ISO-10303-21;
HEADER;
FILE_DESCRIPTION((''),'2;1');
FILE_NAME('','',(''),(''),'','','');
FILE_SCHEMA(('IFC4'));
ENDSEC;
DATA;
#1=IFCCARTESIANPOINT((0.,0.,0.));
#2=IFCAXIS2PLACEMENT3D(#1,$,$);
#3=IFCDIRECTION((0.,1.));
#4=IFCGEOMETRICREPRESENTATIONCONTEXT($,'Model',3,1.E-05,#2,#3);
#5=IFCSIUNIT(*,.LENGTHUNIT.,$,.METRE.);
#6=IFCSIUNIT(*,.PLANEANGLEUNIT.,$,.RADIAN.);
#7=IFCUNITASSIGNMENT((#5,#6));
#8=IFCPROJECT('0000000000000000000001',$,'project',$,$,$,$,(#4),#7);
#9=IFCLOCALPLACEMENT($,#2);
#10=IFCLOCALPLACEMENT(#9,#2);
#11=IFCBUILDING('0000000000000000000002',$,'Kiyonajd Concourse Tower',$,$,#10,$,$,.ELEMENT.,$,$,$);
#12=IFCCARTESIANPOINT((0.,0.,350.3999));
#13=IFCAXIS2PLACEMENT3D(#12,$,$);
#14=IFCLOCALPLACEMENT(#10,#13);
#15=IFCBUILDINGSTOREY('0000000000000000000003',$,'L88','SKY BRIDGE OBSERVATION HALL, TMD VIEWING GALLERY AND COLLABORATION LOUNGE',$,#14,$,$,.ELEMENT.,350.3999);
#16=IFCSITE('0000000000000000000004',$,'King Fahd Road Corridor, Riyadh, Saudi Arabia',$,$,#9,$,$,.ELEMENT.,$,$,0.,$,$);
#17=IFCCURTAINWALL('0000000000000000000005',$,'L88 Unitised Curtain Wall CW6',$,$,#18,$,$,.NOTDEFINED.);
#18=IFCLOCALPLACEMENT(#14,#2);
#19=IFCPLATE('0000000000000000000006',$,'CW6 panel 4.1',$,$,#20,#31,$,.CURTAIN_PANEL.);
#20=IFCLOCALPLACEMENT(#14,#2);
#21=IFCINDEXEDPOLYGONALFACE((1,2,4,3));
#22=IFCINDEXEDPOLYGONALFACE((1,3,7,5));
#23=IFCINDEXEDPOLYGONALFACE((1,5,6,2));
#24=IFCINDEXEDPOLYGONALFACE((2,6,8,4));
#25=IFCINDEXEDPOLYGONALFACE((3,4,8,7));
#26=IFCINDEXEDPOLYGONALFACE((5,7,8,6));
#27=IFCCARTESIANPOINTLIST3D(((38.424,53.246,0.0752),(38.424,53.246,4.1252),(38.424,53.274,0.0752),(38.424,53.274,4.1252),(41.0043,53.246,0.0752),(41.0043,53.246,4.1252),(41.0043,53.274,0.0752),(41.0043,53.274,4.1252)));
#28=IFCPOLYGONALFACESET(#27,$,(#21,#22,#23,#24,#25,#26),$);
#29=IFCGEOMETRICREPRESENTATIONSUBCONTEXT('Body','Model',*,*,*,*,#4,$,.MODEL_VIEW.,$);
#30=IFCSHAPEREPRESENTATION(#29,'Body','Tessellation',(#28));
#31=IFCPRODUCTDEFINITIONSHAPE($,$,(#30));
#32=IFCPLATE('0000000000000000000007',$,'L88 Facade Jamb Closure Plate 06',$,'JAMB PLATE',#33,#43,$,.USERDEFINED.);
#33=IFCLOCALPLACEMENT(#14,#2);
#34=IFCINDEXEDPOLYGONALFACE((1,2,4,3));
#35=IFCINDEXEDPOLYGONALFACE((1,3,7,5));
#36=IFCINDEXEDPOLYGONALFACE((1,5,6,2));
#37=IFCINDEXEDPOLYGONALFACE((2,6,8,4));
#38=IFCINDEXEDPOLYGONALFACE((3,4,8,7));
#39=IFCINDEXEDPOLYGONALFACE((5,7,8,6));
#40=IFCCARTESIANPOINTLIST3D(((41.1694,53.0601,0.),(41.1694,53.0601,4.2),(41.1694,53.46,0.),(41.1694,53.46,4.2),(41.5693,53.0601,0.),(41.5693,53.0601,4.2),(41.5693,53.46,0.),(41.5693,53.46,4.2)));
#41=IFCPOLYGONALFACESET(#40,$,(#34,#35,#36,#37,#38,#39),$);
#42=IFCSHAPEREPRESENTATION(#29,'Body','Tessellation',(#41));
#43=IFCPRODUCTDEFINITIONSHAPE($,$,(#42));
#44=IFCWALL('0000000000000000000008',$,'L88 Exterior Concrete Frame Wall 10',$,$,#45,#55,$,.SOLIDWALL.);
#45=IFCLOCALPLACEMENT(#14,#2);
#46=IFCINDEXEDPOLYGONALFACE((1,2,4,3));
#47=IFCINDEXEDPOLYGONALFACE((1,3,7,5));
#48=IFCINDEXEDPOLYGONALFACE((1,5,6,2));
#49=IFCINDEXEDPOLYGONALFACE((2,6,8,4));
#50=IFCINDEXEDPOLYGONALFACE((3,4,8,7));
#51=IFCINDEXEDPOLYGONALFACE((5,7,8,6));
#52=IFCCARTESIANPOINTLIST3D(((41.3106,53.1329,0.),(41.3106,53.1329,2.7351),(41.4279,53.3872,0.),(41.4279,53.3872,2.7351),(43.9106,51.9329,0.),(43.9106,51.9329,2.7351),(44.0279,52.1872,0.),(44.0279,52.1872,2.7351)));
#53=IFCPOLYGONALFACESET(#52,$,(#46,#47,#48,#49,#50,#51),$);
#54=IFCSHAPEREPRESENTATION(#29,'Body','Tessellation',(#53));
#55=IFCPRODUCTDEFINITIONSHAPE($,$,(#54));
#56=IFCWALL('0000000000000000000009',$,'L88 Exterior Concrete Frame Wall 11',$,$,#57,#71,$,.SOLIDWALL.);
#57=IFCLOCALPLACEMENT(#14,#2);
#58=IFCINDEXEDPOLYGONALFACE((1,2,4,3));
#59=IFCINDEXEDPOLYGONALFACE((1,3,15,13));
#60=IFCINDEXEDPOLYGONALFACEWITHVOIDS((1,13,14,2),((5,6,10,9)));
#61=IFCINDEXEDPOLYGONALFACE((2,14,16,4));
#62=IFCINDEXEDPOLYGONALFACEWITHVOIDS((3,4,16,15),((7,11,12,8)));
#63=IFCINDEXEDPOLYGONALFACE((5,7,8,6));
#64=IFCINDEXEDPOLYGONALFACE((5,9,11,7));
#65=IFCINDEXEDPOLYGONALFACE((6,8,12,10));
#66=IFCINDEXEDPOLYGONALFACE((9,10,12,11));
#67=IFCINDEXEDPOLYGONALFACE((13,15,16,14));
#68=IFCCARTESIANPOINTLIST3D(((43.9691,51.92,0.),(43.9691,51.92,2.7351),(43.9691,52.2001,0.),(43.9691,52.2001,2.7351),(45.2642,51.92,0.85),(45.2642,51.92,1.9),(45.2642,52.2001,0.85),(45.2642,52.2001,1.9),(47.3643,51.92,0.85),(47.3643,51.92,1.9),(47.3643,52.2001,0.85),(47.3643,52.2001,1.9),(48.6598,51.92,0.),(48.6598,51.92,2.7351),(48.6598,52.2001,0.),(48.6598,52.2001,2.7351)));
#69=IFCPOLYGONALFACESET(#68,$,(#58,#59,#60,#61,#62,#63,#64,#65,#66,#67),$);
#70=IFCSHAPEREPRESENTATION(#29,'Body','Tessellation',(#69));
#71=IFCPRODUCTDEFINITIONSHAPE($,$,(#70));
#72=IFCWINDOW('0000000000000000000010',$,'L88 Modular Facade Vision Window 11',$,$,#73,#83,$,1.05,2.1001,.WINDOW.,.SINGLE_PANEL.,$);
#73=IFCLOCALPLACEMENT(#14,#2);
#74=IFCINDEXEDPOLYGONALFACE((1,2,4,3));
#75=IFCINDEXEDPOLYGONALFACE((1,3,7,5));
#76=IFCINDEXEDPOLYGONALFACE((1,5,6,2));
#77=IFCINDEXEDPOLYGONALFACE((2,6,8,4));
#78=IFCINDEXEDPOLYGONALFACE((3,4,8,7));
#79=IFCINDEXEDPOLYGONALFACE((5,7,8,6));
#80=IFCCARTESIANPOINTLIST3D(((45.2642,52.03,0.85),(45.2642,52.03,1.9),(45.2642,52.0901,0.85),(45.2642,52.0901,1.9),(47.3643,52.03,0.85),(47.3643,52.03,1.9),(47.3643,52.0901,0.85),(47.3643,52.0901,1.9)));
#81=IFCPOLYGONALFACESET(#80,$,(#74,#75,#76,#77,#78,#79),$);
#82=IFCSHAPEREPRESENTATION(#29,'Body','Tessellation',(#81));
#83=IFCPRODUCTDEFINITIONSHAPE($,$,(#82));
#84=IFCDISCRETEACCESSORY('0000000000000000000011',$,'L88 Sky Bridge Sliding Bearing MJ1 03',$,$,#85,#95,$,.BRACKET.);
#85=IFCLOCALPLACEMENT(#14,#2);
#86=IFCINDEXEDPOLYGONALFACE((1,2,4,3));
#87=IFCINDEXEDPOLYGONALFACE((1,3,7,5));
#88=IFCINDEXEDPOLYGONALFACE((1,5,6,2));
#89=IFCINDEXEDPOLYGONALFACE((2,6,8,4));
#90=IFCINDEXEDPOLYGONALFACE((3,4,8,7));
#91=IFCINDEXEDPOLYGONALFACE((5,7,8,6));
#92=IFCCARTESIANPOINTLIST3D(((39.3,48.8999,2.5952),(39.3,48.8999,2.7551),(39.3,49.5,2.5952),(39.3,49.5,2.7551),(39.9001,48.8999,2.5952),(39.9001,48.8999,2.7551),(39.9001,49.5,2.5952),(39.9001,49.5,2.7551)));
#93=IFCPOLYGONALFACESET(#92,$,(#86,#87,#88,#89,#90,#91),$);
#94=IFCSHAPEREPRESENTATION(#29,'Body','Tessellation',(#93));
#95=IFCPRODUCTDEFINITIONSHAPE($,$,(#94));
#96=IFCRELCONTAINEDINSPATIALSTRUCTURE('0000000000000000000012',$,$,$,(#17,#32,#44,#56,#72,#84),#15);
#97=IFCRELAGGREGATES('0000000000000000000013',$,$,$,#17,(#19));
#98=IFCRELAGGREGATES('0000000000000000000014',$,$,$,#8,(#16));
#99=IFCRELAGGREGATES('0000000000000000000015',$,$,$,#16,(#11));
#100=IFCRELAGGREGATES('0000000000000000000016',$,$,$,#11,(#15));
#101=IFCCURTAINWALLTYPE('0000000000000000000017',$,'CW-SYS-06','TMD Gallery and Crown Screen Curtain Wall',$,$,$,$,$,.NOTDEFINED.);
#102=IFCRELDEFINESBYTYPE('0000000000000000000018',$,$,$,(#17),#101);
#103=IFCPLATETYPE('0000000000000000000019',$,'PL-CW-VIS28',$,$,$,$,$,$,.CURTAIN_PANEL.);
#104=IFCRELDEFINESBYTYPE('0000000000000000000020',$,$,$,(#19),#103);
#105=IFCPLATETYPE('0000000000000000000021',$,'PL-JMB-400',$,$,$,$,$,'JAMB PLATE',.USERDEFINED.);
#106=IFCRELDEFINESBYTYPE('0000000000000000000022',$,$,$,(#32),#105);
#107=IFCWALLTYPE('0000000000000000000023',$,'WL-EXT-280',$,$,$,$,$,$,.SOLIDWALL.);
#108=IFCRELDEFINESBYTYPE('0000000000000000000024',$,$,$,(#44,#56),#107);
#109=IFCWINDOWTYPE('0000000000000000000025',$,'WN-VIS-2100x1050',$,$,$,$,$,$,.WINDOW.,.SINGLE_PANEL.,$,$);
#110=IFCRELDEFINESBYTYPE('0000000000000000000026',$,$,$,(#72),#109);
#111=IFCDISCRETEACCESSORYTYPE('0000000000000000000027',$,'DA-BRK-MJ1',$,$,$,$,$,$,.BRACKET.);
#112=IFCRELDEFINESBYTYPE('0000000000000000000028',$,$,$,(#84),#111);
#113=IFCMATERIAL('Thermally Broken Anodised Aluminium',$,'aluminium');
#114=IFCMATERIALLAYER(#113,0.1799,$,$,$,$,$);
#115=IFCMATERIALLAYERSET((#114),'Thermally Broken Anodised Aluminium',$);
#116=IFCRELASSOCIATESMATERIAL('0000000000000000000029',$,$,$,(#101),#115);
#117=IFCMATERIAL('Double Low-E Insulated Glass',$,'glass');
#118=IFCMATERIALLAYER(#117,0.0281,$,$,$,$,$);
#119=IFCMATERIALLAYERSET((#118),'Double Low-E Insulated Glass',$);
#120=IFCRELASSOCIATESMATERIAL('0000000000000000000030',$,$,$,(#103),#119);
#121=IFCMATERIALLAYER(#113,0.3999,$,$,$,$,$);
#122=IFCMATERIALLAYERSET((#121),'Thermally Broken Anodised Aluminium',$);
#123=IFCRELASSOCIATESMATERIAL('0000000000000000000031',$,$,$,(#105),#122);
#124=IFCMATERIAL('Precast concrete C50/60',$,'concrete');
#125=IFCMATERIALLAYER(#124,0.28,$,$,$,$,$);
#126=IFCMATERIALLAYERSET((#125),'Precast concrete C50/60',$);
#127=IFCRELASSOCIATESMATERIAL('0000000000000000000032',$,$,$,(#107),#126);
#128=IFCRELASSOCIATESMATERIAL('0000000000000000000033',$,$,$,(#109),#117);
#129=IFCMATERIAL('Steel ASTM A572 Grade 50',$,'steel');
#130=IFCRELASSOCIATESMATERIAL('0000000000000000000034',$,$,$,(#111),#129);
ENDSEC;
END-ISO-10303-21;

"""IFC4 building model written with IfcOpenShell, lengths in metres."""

from ifc_helpers import new_model, si_unit, direction, frame, frame_2d, origin, origin_2d, place, context, subcontext, project, spatial, rectangle, extrude, material, layer, layer_set, type_object, element, fill, aggregate, save


model = new_model("IFC4")

# Units and contexts
model_context = context("Model", 3, precision=1e-05, world=origin(), true_north=direction((0.0, 1.0)))
body_context = subcontext(model_context, "Body", "Model", "MODEL_VIEW")
ifc_project = project(units=[si_unit("LENGTHUNIT", "METRE"), si_unit("PLANEANGLEUNIT", "RADIAN")], contexts=[model_context])

# Site, building, storey
site_placement = place(None, origin())
site = spatial("IfcSite", under=ifc_project, at=site_placement, Name="King Fahd Road Corridor, Riyadh, Saudi Arabia", CompositionType="ELEMENT", RefElevation=0.0)
building_placement = place(site_placement, origin())
building = spatial("IfcBuilding", under=site, at=building_placement, Name="Kiyonajd Concourse Tower", CompositionType="ELEMENT")
storey_placement = place(building_placement, frame((0.0, 0.0, 350.3999)))
storey = spatial("IfcBuildingStorey", under=building, at=storey_placement, Name="L88", Description="SKY BRIDGE OBSERVATION HALL, TMD VIEWING GALLERY AND COLLABORATION LOUNGE", CompositionType="ELEMENT", Elevation=350.3999)

# Shared definitions
ifc_material_1 = material(Name="Steel ASTM A572 Grade 50", Category="steel")

# Curtain wall
ifc_material_2 = material(Name="Thermally Broken Anodised Aluminium", Category="aluminium")
ifc_layer_1 = layer(ifc_material_2, 0.1799)
ifc_layer_set_1 = layer_set([ifc_layer_1], Name="Thermally Broken Anodised Aluminium")
curtain_wall_type = type_object("IfcCurtainWallType", Name="CW-SYS-06", Description="TMD Gallery and Crown Screen Curtain Wall", PredefinedType="NOTDEFINED", material=ifc_layer_set_1)
curtain_wall_placement = place(storey_placement, origin())
curtain_wall = element("IfcCurtainWall", 1, at=curtain_wall_placement, inside=storey, type_object=curtain_wall_type, Name="L88 Unitised Curtain Wall CW6", PredefinedType="NOTDEFINED")

# Plates
ifc_material_3 = material(Name="Double Low-E Insulated Glass", Category="glass")
ifc_layer_2 = layer(ifc_material_3, 0.0281)
ifc_layer_set_2 = layer_set([ifc_layer_2], Name="Double Low-E Insulated Glass")
plate_type_1 = type_object("IfcPlateType", Name="PL-CW-VIS28", PredefinedType="CURTAIN_PANEL", material=ifc_layer_set_2)
plate_1_placement = place(storey_placement, frame((39.7141, 53.26, 0.0752), z_axis=(0.0, 0.0, 1.0), x_axis=(1.0, 0.0, 0.0)))
plate_1 = element("IfcPlate", 2, at=plate_1_placement, type_object=plate_type_1, Name="CW6 panel 4.1", PredefinedType="CURTAIN_PANEL", context=body_context, shape_type="SweptSolid", body=[
    extrude(rectangle(XDim=2.5803, YDim=0.0281, at=origin_2d()), origin(), (0.0, 0.0, 1.0), 4.05),
])
aggregate(curtain_wall, [plate_1])
ifc_layer_3 = layer(ifc_material_2, 0.3999)
ifc_layer_set_3 = layer_set([ifc_layer_3], Name="Thermally Broken Anodised Aluminium")
plate_type_2 = type_object("IfcPlateType", Name="PL-JMB-400", ElementType="JAMB PLATE", PredefinedType="USERDEFINED", material=ifc_layer_set_3)
plate_2_placement = place(storey_placement, frame((41.3694, 53.26, 0.0), z_axis=(0.0, 0.0, 1.0), x_axis=(1.0, 0.0, 0.0)))
element("IfcPlate", 3, at=plate_2_placement, inside=storey, type_object=plate_type_2, Name="L88 Facade Jamb Closure Plate 06", ObjectType="JAMB PLATE", PredefinedType="USERDEFINED", context=body_context, shape_type="SweptSolid", body=[
    extrude(rectangle(XDim=0.3999, YDim=0.3999, at=origin_2d()), origin(), (0.0, 0.0, 1.0), 4.2),
])

# Wall
ifc_material_4 = material(Name="Precast concrete C50/60", Category="concrete")
ifc_layer_4 = layer(ifc_material_4, 0.28)
ifc_layer_set_4 = layer_set([ifc_layer_4], Name="Precast concrete C50/60")
wall_type = type_object("IfcWallType", Name="WL-EXT-280", PredefinedType="SOLIDWALL", material=ifc_layer_set_4)
wall_1_placement = place(storey_placement, frame((41.3694, 53.26, 0.0), z_axis=(0.0, 0.0, 1.0), x_axis=(0.907957, -0.419064, 0.0)))
element("IfcWall", 4, at=wall_1_placement, inside=storey, type_object=wall_type, Name="L88 Exterior Concrete Frame Wall 10", PredefinedType="SOLIDWALL", context=body_context, shape_type="SweptSolid", body=[
    extrude(rectangle(XDim=2.8635, YDim=0.28, at=frame_2d((1.4316, 0.0))), origin(), (0.0, 0.0, 1.0), 2.7351),
])

# Wall, opening, window
wall_2_placement = place(storey_placement, frame((43.9692, 52.0601, 0.0), z_axis=(0.0, 0.0, 1.0), x_axis=(1.0, 0.0, 0.0)))
wall_2 = element("IfcWall", 5, at=wall_2_placement, inside=storey, type_object=wall_type, Name="L88 Exterior Concrete Frame Wall 11", PredefinedType="SOLIDWALL", context=body_context, shape_type="SweptSolid", body=[
    extrude(rectangle(XDim=4.6907, YDim=0.28, at=frame_2d((2.3452, 0.0))), origin(), (0.0, 0.0, 1.0), 2.7351),
])
opening_placement = place(wall_2_placement, frame((1.2949, 0.0, 0.8501)))
opening = element("IfcOpeningElement", 6, at=opening_placement, cuts=wall_2, PredefinedType="OPENING", context=body_context, shape_type="SweptSolid", body=[
    extrude(rectangle(XDim=2.1001, YDim=1.05, at=frame_2d((1.05, 0.5249))), frame((0.0, 0.1499, 0.0), z_axis=(0.0, -1.0, 0.0), x_axis=(1.0, 0.0, 0.0)), (0.0, 0.0, 1.0), 0.3),
])
window_type = type_object("IfcWindowType", Name="WN-VIS-2100x1050", PartitioningType="SINGLE_PANEL", PredefinedType="WINDOW", material=ifc_material_3)
window_placement = place(opening_placement, origin())
window = element("IfcWindow", 7, at=window_placement, inside=storey, type_object=window_type, Name="L88 Modular Facade Vision Window 11", OverallHeight=1.05, OverallWidth=2.1001, PartitioningType="SINGLE_PANEL", PredefinedType="WINDOW", context=body_context, shape_type="SweptSolid", body=[
    extrude(rectangle(XDim=2.1001, YDim=1.05, at=frame_2d((1.05, 0.5249))), frame((0.0, 0.03, 0.0), z_axis=(0.0, -1.0, 0.0), x_axis=(1.0, 0.0, 0.0)), (0.0, 0.0, 1.0), 0.0601),
])
fill(opening, window)

# Discrete accessory
discrete_accessory_type = type_object("IfcDiscreteAccessoryType", Name="DA-BRK-MJ1", PredefinedType="BRACKET", material=ifc_material_1)
discrete_accessory_placement = place(storey_placement, frame((39.6001, 49.2, 2.5952), z_axis=(0.0, 0.0, 1.0), x_axis=(1.0, 0.0, 0.0)))
element("IfcDiscreteAccessory", 8, at=discrete_accessory_placement, inside=storey, type_object=discrete_accessory_type, Name="L88 Sky Bridge Sliding Bearing MJ1 03", PredefinedType="BRACKET", context=body_context, shape_type="SweptSolid", body=[
    extrude(rectangle(XDim=0.6001, YDim=0.6001, at=origin_2d()), origin(), (0.0, 0.0, 1.0), 0.1599),
])

save(model, "model.ifc")
